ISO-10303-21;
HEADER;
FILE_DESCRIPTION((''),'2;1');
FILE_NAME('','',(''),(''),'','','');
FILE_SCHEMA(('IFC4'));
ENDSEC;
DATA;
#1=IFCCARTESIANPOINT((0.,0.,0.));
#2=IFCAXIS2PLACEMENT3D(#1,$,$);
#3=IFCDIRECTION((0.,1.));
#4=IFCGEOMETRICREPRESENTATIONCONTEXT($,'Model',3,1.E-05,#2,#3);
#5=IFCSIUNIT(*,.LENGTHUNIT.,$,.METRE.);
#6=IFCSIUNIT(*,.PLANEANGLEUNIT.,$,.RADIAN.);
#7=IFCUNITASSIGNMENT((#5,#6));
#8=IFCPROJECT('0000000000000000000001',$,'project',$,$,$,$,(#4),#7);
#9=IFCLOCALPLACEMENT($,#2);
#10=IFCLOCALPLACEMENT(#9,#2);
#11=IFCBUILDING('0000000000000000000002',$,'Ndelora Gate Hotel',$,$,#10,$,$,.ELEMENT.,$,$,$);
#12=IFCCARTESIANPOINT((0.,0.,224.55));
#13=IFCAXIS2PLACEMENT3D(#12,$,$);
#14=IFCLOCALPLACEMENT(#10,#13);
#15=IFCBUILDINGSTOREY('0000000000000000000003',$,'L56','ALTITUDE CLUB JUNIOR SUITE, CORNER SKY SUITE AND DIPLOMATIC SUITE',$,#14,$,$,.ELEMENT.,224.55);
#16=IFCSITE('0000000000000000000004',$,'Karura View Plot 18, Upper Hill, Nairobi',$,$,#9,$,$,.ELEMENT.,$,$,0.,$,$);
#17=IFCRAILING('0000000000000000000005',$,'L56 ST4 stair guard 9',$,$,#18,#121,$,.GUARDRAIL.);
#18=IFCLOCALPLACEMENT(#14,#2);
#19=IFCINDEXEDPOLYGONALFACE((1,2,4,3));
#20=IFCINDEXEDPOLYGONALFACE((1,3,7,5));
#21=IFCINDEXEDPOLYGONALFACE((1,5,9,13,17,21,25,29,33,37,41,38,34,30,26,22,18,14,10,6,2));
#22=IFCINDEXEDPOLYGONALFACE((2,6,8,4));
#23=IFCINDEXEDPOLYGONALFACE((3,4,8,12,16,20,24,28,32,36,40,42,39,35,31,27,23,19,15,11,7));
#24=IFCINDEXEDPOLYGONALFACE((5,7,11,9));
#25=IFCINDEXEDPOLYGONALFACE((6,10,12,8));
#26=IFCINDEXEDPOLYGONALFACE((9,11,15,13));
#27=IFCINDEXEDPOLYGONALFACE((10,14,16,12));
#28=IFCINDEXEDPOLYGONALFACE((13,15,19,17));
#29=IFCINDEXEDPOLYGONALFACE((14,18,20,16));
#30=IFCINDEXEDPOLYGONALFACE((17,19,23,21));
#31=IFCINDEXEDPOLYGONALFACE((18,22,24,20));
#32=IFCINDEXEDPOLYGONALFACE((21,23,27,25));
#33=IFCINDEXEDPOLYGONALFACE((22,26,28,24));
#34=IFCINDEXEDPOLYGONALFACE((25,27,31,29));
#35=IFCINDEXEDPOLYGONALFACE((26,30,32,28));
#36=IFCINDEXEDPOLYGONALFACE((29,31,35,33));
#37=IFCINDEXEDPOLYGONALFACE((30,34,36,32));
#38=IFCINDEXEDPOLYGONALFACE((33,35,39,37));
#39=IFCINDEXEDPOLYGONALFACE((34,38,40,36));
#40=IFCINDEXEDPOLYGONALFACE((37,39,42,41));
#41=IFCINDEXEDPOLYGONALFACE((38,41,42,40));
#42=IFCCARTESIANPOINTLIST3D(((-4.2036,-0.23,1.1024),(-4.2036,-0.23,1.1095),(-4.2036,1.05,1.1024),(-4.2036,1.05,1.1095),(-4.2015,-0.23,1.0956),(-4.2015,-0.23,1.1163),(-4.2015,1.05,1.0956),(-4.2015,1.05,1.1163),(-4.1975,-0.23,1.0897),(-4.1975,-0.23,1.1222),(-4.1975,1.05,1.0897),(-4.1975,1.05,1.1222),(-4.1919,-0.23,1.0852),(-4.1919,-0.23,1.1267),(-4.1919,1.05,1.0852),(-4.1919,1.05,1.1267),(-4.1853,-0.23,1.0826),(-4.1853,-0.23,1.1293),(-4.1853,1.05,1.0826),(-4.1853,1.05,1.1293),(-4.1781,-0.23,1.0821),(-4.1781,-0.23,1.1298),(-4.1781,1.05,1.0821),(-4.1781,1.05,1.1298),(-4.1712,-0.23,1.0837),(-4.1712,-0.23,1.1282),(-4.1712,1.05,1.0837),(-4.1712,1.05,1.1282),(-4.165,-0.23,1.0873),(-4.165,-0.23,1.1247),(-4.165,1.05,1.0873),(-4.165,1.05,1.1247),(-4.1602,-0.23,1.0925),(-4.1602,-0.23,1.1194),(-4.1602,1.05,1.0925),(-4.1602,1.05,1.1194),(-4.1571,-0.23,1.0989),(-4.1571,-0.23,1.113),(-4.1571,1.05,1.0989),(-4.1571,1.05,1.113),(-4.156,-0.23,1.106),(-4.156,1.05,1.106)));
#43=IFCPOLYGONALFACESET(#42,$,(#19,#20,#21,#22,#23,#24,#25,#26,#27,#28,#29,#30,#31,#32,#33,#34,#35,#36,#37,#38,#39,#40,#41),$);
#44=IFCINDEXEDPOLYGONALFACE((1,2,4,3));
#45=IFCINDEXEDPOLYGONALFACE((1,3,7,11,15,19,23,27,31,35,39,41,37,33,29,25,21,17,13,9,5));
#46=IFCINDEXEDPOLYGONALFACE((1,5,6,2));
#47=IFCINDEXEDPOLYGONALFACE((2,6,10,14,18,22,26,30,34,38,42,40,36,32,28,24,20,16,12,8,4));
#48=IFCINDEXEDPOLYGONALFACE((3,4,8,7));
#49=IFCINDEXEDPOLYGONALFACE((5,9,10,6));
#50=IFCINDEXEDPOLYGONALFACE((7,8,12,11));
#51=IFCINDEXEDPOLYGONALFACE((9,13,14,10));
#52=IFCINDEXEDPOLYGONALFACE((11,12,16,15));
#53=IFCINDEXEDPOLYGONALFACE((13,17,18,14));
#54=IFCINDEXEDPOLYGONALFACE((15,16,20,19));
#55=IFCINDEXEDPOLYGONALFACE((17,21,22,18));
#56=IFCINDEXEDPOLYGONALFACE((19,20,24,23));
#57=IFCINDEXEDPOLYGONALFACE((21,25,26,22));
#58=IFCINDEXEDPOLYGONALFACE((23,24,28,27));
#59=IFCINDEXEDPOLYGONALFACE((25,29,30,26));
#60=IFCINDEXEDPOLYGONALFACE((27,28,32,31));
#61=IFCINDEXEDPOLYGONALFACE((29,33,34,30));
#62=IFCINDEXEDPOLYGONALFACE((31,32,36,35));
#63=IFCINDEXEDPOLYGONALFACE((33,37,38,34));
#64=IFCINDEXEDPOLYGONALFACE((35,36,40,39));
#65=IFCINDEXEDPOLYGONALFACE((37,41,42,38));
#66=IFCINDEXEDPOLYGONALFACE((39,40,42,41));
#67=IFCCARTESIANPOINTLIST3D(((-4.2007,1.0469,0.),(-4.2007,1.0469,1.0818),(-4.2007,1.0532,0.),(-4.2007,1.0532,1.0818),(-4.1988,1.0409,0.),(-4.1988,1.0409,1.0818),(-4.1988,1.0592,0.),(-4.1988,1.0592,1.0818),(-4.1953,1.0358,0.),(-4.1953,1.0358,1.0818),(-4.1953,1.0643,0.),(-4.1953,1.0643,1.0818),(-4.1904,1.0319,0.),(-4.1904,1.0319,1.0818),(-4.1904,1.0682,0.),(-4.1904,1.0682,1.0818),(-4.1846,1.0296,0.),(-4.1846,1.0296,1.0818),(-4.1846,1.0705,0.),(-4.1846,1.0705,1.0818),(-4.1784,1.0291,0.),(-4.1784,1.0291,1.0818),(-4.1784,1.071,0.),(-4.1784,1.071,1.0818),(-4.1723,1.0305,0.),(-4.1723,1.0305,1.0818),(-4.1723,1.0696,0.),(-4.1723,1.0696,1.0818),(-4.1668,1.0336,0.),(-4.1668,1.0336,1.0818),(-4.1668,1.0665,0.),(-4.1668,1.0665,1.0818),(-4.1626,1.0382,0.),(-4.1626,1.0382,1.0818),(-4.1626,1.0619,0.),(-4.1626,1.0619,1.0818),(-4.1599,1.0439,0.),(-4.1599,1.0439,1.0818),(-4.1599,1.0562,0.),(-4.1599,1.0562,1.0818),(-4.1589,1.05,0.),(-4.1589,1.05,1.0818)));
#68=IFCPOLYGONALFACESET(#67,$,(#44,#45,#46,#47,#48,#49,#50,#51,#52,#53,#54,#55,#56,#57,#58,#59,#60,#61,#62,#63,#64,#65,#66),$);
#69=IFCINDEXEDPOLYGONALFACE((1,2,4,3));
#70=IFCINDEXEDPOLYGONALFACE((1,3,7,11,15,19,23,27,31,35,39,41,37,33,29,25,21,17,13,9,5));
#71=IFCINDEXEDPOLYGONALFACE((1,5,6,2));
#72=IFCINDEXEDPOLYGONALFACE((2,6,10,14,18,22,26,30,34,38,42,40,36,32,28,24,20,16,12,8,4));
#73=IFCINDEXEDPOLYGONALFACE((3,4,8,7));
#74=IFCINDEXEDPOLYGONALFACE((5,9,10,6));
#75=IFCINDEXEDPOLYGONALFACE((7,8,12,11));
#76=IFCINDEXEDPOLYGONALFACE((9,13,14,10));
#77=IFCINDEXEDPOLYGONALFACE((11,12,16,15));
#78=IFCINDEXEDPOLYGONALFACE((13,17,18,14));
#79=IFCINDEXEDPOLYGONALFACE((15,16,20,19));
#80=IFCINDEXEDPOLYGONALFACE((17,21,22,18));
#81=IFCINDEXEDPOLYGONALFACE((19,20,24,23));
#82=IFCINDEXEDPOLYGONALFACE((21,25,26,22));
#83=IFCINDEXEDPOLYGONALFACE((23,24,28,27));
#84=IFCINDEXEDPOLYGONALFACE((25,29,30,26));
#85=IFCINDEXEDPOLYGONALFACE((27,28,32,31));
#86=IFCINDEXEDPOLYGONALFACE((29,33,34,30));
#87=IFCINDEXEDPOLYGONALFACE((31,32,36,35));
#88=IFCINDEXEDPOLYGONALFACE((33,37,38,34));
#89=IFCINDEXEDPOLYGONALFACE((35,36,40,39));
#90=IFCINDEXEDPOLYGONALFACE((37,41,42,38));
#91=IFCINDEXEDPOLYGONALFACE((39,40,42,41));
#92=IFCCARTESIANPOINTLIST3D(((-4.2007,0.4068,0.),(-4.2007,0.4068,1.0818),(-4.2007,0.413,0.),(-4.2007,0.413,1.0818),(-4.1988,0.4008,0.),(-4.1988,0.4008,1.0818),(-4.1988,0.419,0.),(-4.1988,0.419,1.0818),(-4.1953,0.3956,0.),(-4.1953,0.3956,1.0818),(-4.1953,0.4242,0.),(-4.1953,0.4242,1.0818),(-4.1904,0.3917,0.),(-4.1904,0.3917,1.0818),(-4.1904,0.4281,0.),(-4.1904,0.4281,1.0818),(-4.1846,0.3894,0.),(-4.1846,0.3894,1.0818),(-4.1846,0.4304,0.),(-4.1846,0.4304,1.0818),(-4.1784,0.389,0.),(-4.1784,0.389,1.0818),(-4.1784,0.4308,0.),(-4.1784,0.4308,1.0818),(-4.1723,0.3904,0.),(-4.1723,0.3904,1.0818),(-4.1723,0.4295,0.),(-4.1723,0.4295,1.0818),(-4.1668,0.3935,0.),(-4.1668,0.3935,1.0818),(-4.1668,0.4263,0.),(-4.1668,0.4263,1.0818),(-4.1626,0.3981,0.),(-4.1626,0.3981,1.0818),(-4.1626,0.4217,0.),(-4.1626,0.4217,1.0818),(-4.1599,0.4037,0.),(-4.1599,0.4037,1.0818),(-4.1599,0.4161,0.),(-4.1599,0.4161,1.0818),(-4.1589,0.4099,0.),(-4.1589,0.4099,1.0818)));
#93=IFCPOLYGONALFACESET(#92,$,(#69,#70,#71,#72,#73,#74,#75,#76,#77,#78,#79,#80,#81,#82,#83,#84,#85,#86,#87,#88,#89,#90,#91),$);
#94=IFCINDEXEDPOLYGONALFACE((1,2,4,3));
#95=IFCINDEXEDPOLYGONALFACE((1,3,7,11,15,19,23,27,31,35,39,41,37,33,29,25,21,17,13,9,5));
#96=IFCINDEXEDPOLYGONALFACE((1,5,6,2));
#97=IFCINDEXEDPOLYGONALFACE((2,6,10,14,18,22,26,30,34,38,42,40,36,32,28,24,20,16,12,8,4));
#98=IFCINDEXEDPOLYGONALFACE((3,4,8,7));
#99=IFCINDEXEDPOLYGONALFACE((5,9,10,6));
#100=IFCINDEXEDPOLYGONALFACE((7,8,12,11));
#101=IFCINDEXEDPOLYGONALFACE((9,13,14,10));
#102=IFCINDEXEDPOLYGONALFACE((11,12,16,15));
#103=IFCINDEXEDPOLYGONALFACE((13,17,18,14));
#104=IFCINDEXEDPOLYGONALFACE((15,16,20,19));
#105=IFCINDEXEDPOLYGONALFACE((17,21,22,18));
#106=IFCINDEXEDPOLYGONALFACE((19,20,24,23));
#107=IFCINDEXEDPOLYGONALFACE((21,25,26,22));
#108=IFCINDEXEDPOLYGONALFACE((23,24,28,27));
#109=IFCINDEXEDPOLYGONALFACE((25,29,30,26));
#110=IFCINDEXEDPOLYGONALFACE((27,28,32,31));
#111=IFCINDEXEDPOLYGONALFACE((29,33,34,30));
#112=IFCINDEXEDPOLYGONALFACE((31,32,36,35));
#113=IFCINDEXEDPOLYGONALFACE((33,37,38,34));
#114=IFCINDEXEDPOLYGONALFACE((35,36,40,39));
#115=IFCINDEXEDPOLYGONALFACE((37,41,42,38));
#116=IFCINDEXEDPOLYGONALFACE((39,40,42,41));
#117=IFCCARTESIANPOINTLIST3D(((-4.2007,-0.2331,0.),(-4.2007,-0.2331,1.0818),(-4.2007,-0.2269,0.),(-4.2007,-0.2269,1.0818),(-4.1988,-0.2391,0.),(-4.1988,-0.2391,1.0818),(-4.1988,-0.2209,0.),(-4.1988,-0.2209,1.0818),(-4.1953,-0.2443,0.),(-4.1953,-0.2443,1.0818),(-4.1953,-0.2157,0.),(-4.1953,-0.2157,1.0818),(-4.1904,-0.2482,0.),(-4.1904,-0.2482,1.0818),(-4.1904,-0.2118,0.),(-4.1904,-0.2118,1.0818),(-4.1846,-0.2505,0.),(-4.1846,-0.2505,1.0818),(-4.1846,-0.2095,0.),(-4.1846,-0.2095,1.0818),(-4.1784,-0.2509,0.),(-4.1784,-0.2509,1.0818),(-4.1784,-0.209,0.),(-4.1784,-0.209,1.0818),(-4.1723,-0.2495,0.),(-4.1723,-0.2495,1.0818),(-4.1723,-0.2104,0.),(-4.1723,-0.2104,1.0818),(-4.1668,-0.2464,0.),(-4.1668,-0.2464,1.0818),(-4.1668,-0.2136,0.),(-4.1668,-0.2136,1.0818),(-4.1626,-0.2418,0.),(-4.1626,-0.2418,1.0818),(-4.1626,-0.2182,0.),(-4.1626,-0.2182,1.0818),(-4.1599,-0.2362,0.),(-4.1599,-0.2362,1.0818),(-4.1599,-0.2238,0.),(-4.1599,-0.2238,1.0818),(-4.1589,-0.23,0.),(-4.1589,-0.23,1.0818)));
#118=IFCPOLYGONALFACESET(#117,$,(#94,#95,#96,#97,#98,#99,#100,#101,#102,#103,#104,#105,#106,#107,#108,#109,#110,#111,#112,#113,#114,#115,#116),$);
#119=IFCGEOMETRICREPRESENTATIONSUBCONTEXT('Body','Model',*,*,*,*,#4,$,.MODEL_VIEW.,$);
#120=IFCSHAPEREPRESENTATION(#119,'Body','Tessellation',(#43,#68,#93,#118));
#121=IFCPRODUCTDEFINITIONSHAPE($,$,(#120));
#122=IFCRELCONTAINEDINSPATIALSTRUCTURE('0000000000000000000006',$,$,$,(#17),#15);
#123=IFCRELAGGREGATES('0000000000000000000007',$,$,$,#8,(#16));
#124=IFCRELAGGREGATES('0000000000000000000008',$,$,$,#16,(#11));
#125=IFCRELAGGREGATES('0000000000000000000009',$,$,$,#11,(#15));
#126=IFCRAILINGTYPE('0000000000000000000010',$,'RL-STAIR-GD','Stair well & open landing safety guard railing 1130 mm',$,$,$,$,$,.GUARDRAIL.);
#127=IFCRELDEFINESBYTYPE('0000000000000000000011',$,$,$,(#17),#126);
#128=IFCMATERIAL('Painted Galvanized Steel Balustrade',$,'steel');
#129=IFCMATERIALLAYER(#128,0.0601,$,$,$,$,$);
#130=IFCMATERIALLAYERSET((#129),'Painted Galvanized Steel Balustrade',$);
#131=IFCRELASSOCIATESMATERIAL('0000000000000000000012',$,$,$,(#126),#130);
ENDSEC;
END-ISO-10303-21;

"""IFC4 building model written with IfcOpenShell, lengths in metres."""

from ifc_helpers import new_model, si_unit, direction, frame, origin, origin_2d, place, context, subcontext, project, spatial, circle, extrude, material, layer, layer_set, type_object, element, save


model = new_model("IFC4")

# Units and contexts
model_context = context("Model", 3, precision=1e-05, world=origin(), true_north=direction((0.0, 1.0)))
body_context = subcontext(model_context, "Body", "Model", "MODEL_VIEW")
ifc_project = project(units=[si_unit("LENGTHUNIT", "METRE"), si_unit("PLANEANGLEUNIT", "RADIAN")], contexts=[model_context])

# Site, building, storey
site_placement = place(None, origin())
site = spatial("IfcSite", under=ifc_project, at=site_placement, Name="Karura View Plot 18, Upper Hill, Nairobi", CompositionType="ELEMENT", RefElevation=0.0)
building_placement = place(site_placement, origin())
building = spatial("IfcBuilding", under=site, at=building_placement, Name="Ndelora Gate Hotel", CompositionType="ELEMENT")
storey_placement = place(building_placement, frame((0.0, 0.0, 224.55)))
storey = spatial("IfcBuildingStorey", under=building, at=storey_placement, Name="L56", Description="ALTITUDE CLUB JUNIOR SUITE, CORNER SKY SUITE AND DIPLOMATIC SUITE", CompositionType="ELEMENT", Elevation=224.55)

# Railing
ifc_material_1 = material(Name="Painted Galvanized Steel Balustrade", Category="steel")
ifc_layer_1 = layer(ifc_material_1, 0.0601)
ifc_layer_set_1 = layer_set([ifc_layer_1], Name="Painted Galvanized Steel Balustrade")
railing_type = type_object("IfcRailingType", Name="RL-STAIR-GD", Description="Stair well & open landing safety guard railing 1130 mm", PredefinedType="GUARDRAIL", material=ifc_layer_set_1)
for number, where, name in (
    (1, (-4.1799, 1.05, 0.0), "L56 ST4 stair guard 9"),
):
    element("IfcRailing", number, at=place(storey_placement, frame(where)), inside=storey, type_object=railing_type, Name=name, PredefinedType="GUARDRAIL", context=body_context, shape_type="SweptSolid", body=[
        extrude(circle(Radius=0.0239, at=origin_2d()), frame((0.0, 0.0, 1.106), z_axis=(0.0, -1.0, 0.0), x_axis=(1.0, 0.0, 0.0)), (0.0, 0.0, 1.0), 1.28),
        extrude(circle(Radius=0.021, at=origin_2d()), origin(), (0.0, 0.0, 1.0), 1.0818),
        extrude(circle(Radius=0.021, at=origin_2d()), frame((0.0, -0.6401, 0.0)), (0.0, 0.0, 1.0), 1.0818),
        extrude(circle(Radius=0.021, at=origin_2d()), frame((0.0, -1.28, 0.0)), (0.0, 0.0, 1.0), 1.0818),
    ])

save(model, "model.ifc")
